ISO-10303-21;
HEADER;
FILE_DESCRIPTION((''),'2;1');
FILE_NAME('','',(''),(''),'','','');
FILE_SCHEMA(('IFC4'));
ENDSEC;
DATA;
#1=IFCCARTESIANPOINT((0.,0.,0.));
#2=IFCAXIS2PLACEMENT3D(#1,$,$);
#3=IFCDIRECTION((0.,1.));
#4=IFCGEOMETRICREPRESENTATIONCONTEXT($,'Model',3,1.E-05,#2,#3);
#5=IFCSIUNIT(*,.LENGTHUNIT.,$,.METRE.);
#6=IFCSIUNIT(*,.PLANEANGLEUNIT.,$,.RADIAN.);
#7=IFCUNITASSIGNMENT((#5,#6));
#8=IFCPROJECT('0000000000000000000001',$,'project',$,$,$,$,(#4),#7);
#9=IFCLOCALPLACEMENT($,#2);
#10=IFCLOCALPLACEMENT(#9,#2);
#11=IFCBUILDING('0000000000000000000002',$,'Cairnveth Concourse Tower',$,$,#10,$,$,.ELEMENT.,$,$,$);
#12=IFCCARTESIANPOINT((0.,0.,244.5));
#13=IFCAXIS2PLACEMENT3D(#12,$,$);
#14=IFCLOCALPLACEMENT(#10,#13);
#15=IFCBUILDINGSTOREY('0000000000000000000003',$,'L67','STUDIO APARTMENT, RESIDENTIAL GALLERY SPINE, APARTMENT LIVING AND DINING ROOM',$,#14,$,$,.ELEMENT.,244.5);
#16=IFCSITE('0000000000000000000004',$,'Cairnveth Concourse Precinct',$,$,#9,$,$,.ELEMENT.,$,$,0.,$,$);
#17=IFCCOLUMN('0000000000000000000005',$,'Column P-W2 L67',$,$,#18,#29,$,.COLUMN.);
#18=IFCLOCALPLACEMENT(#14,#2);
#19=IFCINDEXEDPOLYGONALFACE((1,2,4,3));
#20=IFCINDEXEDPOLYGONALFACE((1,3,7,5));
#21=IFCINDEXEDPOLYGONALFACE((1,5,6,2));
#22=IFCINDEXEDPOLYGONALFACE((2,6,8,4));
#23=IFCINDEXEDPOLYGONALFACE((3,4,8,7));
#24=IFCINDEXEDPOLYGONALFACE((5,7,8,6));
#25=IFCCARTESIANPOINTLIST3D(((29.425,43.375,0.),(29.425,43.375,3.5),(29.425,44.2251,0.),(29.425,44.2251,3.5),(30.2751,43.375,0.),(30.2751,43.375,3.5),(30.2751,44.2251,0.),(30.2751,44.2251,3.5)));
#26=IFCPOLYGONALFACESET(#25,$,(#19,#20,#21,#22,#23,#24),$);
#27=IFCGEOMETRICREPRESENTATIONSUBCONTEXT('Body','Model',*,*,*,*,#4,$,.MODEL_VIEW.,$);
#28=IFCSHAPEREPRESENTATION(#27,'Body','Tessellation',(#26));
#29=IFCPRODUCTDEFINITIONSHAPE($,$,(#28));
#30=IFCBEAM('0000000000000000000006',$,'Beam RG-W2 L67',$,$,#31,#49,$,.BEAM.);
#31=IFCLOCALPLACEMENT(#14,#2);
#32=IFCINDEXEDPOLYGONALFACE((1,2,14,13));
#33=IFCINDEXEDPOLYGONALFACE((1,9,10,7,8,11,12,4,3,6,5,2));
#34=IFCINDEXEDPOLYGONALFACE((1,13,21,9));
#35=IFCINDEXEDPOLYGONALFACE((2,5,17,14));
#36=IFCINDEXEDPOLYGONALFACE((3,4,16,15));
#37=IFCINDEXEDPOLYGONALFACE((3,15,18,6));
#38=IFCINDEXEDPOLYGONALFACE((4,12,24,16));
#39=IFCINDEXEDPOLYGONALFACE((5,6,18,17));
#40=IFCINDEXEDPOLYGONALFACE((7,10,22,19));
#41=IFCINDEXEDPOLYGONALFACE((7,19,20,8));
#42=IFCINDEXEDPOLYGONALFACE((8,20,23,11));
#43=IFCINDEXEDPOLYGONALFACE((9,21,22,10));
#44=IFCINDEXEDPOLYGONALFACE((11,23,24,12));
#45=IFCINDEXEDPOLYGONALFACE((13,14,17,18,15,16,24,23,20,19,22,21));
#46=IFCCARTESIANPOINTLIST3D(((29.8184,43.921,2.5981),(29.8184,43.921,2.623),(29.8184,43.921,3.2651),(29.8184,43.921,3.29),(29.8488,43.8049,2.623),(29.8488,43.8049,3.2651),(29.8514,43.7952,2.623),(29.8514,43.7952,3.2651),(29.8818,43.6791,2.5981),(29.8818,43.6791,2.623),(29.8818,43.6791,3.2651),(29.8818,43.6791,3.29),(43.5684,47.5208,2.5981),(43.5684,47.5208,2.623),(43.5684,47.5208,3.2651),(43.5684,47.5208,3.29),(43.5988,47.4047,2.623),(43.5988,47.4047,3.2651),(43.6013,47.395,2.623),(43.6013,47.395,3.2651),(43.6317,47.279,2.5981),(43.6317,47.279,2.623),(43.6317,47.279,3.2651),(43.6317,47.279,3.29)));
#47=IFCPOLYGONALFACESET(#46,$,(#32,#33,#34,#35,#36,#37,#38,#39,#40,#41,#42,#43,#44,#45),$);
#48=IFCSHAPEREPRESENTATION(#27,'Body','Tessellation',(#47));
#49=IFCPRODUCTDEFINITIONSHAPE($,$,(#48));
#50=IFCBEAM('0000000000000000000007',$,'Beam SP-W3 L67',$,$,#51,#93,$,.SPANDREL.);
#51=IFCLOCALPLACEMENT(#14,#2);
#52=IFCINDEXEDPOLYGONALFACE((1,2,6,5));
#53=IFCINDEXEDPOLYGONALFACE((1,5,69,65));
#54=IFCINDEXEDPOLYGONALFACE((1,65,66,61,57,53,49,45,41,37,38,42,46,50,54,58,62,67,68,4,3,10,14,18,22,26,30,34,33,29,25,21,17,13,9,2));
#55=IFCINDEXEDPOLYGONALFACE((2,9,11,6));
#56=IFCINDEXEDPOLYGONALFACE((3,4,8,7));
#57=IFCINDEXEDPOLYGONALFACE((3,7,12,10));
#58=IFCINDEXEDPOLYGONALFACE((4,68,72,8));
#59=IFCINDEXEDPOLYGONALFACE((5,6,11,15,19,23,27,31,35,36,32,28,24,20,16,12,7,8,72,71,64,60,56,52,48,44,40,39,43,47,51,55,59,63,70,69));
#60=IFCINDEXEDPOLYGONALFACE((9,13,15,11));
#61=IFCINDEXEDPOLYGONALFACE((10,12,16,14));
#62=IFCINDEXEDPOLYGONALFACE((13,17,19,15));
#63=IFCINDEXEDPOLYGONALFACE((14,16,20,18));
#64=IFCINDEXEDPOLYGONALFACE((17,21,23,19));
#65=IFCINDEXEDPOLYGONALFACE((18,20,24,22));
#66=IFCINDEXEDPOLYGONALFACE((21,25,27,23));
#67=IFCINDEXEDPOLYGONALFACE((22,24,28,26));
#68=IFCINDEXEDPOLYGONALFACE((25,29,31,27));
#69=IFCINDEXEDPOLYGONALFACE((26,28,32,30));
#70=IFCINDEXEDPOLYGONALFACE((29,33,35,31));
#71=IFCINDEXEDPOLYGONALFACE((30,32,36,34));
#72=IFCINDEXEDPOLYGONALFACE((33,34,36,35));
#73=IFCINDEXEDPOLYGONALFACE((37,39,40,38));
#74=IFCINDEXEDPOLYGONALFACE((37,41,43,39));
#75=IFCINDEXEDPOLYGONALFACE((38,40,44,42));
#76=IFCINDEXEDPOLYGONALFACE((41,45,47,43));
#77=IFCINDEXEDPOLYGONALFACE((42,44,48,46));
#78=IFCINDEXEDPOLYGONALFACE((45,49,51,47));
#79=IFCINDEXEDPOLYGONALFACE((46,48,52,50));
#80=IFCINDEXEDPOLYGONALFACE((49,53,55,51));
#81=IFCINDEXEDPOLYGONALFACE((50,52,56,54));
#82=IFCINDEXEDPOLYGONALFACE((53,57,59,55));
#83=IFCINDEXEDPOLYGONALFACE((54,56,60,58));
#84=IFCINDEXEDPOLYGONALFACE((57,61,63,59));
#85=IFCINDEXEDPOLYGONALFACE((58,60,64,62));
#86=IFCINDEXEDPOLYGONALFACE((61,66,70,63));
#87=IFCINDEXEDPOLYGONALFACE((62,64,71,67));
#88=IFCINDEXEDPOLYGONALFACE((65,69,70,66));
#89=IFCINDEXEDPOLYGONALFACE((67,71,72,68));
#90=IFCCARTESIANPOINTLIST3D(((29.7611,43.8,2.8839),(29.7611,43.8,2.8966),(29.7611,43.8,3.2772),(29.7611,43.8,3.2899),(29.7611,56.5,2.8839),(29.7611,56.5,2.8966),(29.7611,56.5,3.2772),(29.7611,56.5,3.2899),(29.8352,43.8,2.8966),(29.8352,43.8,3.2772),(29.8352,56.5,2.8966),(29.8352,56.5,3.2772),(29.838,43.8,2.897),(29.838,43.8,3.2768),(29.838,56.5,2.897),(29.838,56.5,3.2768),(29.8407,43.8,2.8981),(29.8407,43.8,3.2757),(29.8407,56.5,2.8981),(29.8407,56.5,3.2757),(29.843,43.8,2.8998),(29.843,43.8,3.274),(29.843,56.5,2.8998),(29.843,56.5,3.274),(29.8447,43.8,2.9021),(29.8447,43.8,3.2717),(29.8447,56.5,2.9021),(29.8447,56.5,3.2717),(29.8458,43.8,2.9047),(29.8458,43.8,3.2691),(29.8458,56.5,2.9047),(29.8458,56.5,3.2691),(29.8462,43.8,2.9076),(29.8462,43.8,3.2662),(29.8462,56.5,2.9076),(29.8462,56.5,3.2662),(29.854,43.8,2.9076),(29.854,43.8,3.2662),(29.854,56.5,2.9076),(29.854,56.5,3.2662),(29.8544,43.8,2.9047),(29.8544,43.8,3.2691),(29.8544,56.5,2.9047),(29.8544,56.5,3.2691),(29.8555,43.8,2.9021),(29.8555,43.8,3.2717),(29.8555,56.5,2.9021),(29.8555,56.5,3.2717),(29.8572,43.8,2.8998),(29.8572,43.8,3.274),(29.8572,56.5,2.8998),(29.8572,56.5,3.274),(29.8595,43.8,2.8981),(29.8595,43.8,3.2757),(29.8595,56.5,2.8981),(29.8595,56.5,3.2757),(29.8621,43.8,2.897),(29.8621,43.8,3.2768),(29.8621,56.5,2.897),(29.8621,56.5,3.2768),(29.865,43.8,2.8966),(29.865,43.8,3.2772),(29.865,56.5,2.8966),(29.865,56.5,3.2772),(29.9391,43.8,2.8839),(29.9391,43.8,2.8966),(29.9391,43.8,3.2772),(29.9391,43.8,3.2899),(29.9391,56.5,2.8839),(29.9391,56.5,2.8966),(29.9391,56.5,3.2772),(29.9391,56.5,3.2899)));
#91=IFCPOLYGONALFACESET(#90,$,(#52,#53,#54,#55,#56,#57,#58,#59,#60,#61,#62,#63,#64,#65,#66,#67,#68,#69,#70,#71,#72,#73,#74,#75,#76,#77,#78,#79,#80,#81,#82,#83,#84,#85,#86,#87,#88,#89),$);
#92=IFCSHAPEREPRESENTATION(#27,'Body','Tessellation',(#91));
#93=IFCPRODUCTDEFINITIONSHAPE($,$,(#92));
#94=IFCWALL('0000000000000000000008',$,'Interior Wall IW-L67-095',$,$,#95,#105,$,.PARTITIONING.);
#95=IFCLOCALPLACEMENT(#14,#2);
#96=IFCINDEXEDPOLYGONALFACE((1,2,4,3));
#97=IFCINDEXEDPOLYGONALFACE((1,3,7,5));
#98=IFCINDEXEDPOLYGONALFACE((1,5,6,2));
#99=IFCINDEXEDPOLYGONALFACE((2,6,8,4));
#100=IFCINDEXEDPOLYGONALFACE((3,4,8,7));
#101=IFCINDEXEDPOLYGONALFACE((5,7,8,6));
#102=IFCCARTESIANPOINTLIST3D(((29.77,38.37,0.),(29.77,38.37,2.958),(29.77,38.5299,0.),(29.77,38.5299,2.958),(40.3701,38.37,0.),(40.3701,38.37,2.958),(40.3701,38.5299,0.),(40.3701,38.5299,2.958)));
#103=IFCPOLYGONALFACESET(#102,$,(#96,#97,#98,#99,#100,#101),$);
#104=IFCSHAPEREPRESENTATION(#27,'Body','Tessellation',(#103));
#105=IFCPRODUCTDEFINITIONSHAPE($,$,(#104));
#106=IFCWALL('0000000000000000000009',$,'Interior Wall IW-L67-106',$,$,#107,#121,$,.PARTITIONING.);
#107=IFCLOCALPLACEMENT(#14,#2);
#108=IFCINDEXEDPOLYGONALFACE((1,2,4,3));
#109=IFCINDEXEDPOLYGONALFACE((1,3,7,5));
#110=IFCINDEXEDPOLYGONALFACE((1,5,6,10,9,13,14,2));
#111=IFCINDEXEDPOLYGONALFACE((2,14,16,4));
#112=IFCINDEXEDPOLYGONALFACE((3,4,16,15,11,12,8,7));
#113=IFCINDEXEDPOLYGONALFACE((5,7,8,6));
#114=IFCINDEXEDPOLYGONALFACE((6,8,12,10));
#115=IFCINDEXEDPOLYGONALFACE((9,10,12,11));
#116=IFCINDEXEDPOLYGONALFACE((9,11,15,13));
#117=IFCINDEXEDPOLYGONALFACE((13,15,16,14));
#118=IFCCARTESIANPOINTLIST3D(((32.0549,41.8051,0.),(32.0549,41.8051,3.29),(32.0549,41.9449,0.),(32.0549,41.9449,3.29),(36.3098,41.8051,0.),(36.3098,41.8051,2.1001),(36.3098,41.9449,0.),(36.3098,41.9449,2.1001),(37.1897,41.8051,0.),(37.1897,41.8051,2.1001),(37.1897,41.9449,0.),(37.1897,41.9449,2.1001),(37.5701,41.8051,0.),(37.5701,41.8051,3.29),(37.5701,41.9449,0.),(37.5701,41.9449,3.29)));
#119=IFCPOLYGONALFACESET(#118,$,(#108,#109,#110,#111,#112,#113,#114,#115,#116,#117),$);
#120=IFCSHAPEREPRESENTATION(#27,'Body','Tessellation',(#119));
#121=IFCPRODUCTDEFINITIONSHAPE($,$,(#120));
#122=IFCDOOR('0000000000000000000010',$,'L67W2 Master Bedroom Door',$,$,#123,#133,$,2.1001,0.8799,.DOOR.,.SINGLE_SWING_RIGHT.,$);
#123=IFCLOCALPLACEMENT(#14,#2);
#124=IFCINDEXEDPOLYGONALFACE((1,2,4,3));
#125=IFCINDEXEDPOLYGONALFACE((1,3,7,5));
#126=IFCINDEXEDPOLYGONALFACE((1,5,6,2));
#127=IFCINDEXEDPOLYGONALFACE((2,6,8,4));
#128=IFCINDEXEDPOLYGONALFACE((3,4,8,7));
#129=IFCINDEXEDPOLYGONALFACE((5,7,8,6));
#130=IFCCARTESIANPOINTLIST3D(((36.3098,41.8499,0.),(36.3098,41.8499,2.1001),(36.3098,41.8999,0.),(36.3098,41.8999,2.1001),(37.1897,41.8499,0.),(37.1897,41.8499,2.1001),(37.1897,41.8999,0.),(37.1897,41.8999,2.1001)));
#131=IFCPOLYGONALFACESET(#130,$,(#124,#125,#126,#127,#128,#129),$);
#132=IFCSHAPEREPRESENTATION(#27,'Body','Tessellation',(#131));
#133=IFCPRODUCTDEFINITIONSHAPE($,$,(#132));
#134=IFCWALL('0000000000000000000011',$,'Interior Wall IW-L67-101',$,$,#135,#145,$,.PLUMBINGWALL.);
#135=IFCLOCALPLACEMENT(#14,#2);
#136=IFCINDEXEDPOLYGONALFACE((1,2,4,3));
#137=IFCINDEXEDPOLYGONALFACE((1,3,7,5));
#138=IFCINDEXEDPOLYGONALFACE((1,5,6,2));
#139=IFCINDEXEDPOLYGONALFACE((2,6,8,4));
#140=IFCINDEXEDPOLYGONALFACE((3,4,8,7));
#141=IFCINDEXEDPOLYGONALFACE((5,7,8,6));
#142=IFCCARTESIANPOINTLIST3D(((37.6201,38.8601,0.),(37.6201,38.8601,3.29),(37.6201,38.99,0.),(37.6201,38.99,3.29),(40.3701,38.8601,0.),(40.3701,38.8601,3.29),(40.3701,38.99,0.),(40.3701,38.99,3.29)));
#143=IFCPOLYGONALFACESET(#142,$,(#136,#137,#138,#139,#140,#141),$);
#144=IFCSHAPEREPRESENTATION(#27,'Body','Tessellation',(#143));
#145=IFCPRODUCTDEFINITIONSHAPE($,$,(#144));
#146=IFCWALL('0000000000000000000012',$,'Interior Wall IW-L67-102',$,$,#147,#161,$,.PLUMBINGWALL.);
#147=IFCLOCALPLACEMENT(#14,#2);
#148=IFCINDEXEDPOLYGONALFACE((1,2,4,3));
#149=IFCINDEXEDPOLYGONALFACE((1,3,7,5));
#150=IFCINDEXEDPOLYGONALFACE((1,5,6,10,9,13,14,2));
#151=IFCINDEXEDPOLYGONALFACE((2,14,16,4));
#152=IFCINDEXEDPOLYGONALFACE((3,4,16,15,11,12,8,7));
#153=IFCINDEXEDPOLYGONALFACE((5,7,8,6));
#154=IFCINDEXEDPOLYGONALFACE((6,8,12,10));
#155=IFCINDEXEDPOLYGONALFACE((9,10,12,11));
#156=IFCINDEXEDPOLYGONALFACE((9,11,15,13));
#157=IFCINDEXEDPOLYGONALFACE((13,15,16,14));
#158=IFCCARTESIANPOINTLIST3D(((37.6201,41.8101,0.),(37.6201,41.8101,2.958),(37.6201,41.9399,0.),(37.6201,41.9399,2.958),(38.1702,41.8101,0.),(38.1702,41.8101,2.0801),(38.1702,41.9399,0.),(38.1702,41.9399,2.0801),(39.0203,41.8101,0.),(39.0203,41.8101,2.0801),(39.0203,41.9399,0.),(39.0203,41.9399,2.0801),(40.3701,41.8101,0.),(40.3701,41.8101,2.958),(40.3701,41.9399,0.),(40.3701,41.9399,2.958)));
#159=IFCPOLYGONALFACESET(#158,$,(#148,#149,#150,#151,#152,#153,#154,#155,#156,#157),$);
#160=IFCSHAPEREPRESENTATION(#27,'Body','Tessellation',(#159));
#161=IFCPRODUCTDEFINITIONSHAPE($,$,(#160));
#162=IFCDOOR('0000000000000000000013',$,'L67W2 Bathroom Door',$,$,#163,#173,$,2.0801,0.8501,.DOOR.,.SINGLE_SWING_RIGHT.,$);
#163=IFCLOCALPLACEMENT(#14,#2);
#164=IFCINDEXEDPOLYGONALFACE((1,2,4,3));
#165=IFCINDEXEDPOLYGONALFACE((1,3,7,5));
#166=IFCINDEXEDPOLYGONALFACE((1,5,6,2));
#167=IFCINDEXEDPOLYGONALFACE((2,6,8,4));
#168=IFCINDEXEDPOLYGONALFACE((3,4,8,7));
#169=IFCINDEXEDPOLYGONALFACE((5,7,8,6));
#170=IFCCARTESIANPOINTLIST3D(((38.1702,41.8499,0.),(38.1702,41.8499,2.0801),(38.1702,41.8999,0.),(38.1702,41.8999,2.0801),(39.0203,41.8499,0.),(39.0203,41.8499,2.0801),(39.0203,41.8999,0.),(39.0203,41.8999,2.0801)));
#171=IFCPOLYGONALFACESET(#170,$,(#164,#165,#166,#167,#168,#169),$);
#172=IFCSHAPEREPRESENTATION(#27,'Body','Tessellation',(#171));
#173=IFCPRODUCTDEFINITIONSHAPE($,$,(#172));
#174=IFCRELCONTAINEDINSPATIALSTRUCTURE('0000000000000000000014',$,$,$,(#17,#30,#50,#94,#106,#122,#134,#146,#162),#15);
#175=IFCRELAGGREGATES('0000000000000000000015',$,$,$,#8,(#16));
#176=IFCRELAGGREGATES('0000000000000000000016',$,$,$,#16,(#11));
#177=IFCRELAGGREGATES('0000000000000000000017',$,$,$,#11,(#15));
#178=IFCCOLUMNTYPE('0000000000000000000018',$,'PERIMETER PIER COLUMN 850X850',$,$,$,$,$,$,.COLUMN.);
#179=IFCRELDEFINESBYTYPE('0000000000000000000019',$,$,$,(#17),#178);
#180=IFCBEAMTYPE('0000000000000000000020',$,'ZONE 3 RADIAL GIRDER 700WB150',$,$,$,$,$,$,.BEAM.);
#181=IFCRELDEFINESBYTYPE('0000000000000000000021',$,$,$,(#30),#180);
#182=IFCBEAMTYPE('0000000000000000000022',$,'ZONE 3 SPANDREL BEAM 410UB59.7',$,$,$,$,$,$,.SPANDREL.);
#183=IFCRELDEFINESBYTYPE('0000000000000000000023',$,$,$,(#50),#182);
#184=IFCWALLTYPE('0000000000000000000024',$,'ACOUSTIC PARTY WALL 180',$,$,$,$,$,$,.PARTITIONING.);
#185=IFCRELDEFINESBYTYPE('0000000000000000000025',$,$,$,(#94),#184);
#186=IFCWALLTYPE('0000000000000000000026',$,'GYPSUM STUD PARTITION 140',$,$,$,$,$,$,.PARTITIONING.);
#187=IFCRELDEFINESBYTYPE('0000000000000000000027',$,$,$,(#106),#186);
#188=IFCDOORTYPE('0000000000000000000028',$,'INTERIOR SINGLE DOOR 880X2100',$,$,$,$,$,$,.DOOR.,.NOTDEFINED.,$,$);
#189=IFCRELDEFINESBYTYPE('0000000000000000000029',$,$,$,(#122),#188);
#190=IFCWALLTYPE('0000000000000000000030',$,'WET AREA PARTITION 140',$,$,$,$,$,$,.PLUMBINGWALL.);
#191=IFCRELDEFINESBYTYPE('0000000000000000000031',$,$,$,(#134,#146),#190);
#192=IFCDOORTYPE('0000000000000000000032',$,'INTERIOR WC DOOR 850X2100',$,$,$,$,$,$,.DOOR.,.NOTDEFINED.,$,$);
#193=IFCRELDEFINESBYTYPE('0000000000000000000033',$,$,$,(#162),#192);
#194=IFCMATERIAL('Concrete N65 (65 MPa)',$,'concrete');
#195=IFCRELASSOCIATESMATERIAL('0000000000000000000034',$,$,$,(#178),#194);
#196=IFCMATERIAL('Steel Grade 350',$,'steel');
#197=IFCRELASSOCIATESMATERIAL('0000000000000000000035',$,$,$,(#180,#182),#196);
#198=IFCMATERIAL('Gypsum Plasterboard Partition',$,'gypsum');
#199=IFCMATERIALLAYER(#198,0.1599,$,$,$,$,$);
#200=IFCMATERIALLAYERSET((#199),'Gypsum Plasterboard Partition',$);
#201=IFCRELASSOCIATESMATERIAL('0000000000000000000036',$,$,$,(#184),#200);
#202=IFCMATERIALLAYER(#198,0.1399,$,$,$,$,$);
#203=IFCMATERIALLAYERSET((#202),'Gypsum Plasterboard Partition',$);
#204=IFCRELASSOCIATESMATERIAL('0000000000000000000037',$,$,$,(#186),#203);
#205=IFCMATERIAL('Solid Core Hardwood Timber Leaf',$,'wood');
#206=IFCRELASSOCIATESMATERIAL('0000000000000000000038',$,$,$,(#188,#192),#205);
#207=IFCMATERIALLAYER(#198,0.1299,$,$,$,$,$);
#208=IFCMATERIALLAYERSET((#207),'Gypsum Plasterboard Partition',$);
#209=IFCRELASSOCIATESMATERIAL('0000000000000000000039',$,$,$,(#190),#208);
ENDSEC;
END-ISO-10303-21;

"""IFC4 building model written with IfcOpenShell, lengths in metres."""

from ifc_helpers import new_model, si_unit, direction, frame, frame_2d, origin, origin_2d, place, context, subcontext, project, spatial, rectangle, i_section, extrude, material, layer, layer_set, material_profile, profile_set, type_object, element, fill, save


model = new_model("IFC4")

# Units and contexts
model_context = context("Model", 3, precision=1e-05, world=origin(), true_north=direction((0.0, 1.0)))
body_context = subcontext(model_context, "Body", "Model", "MODEL_VIEW")
ifc_project = project(units=[si_unit("LENGTHUNIT", "METRE"), si_unit("PLANEANGLEUNIT", "RADIAN")], contexts=[model_context])

# Site, building, storey
site_placement = place(None, origin())
site = spatial("IfcSite", under=ifc_project, at=site_placement, Name="Cairnveth Concourse Precinct", CompositionType="ELEMENT", RefElevation=0.0)
building_placement = place(site_placement, origin())
building = spatial("IfcBuilding", under=site, at=building_placement, Name="Cairnveth Concourse Tower", CompositionType="ELEMENT")
storey_placement = place(building_placement, frame((0.0, 0.0, 244.5)))
storey = spatial("IfcBuildingStorey", under=building, at=storey_placement, Name="L67", Description="STUDIO APARTMENT, RESIDENTIAL GALLERY SPINE, APARTMENT LIVING AND DINING ROOM", CompositionType="ELEMENT", Elevation=244.5)

# Column
ifc_material_1 = material(Name="Concrete N65 (65 MPa)", Category="concrete")
ifc_material_profile_1 = material_profile(ifc_material_1, rectangle(XDim=0.8501, YDim=0.8501, at=origin_2d()), Name="RC-COL-850x850")
ifc_profile_set_1 = profile_set([ifc_material_profile_1], Name="Concrete N65 (65 MPa)")
column_type = type_object("IfcColumnType", Name="PERIMETER PIER COLUMN 850X850", PredefinedType="COLUMN", material=ifc_profile_set_1)
column_placement = place(storey_placement, frame((29.8501, 43.8, 0.0), z_axis=(0.0, 0.0, 1.0), x_axis=(0.0, 1.0, 0.0)))
element("IfcColumn", 1, at=column_placement, inside=storey, type_object=column_type, Name="Column P-W2 L67", PredefinedType="COLUMN", context=body_context, shape_type="SweptSolid", body=[
    extrude(rectangle(XDim=0.8501, YDim=0.8501, at=origin_2d()), origin(), (0.0, 0.0, 1.0), 3.5),
])

# Beams
ifc_material_2 = material(Name="Steel Grade 350", Category="steel")
ifc_material_profile_2 = material_profile(ifc_material_2, i_section(OverallWidth=0.25, OverallDepth=0.6919, WebThickness=0.01, FlangeThickness=0.0249, at=origin_2d()), Name="700WB150")
ifc_profile_set_2 = profile_set([ifc_material_profile_2], Name="Steel Grade 350")
beam_type_1 = type_object("IfcBeamType", Name="ZONE 3 RADIAL GIRDER 700WB150", PredefinedType="BEAM", material=ifc_profile_set_2)
beam_1_placement = place(storey_placement, frame((29.8501, 43.8, 2.9441), z_axis=(0.967395, 0.253271, 0.0), x_axis=(-0.253271, 0.967395, 0.0)))
element("IfcBeam", 2, at=beam_1_placement, inside=storey, type_object=beam_type_1, Name="Beam RG-W2 L67", PredefinedType="BEAM", context=body_context, shape_type="SweptSolid", body=[
    extrude(i_section(OverallWidth=0.25, OverallDepth=0.6919, WebThickness=0.01, FlangeThickness=0.0249, at=origin_2d()), origin(), (0.0, 0.0, 1.0), 14.2134),
])
ifc_material_profile_3 = material_profile(ifc_material_2, i_section(OverallWidth=0.178, OverallDepth=0.406, WebThickness=0.0078, FlangeThickness=0.0127, FilletRadius=0.011, at=origin_2d()), Name="410UB59.7")
ifc_profile_set_3 = profile_set([ifc_material_profile_3], Name="Steel Grade 350")
beam_type_2 = type_object("IfcBeamType", Name="ZONE 3 SPANDREL BEAM 410UB59.7", PredefinedType="SPANDREL", material=ifc_profile_set_3)
beam_2_placement = place(storey_placement, frame((29.8501, 43.8, 3.0869), z_axis=(0.0, 1.0, 0.0), x_axis=(-1.0, 0.0, 0.0)))
element("IfcBeam", 3, at=beam_2_placement, inside=storey, type_object=beam_type_2, Name="Beam SP-W3 L67", PredefinedType="SPANDREL", context=body_context, shape_type="SweptSolid", body=[
    extrude(i_section(OverallWidth=0.178, OverallDepth=0.406, WebThickness=0.0078, FlangeThickness=0.0127, FilletRadius=0.011, at=origin_2d()), origin(), (0.0, 0.0, 1.0), 12.7),
])

# Wall
ifc_material_3 = material(Name="Gypsum Plasterboard Partition", Category="gypsum")
ifc_layer_1 = layer(ifc_material_3, 0.1599)
ifc_layer_set_1 = layer_set([ifc_layer_1], Name="Gypsum Plasterboard Partition")
wall_type_1 = type_object("IfcWallType", Name="ACOUSTIC PARTY WALL 180", PredefinedType="PARTITIONING", material=ifc_layer_set_1)
wall_1_placement = place(storey_placement, frame((29.77, 38.45, 0.0), z_axis=(0.0, 0.0, 1.0), x_axis=(1.0, 0.0, 0.0)))
element("IfcWall", 4, at=wall_1_placement, inside=storey, type_object=wall_type_1, Name="Interior Wall IW-L67-095", PredefinedType="PARTITIONING", context=body_context, shape_type="SweptSolid", body=[
    extrude(rectangle(XDim=10.6001, YDim=0.1599, at=frame_2d((5.3, 0.0))), origin(), (0.0, 0.0, 1.0), 2.958),
])

# Wall, opening, door
ifc_layer_2 = layer(ifc_material_3, 0.1399)
ifc_layer_set_2 = layer_set([ifc_layer_2], Name="Gypsum Plasterboard Partition")
wall_type_2 = type_object("IfcWallType", Name="GYPSUM STUD PARTITION 140", PredefinedType="PARTITIONING", material=ifc_layer_set_2)
wall_2_placement = place(storey_placement, frame((32.0549, 41.875, 0.0), z_axis=(0.0, 0.0, 1.0), x_axis=(1.0, 0.0, 0.0)))
wall_2 = element("IfcWall", 5, at=wall_2_placement, inside=storey, type_object=wall_type_2, Name="Interior Wall IW-L67-106", PredefinedType="PARTITIONING", context=body_context, shape_type="SweptSolid", body=[
    extrude(rectangle(XDim=5.5151, YDim=0.1399, at=frame_2d((2.7576, 0.0))), origin(), (0.0, 0.0, 1.0), 3.29),
])
opening_1_placement = place(wall_2_placement, frame((4.2549, 0.0, 0.0)))
opening_1 = element("IfcOpeningElement", 6, at=opening_1_placement, cuts=wall_2, PredefinedType="OPENING", context=body_context, shape_type="SweptSolid", body=[
    extrude(rectangle(XDim=0.8799, YDim=2.1001, at=frame_2d((0.4399, 1.05))), frame((0.0, 0.0798, 0.0), z_axis=(0.0, -1.0, 0.0), x_axis=(1.0, 0.0, 0.0)), (0.0, 0.0, 1.0), 0.1599),
])
ifc_material_4 = material(Name="Solid Core Hardwood Timber Leaf", Category="wood")
door_type_1 = type_object("IfcDoorType", Name="INTERIOR SINGLE DOOR 880X2100", OperationType="NOTDEFINED", PredefinedType="DOOR", material=ifc_material_4)
door_1_placement = place(opening_1_placement, origin())
door_1 = element("IfcDoor", 7, at=door_1_placement, inside=storey, type_object=door_type_1, Name="L67W2 Master Bedroom Door", OperationType="SINGLE_SWING_RIGHT", OverallHeight=2.1001, OverallWidth=0.8799, PredefinedType="DOOR", context=body_context, shape_type="SweptSolid", body=[
    extrude(rectangle(XDim=0.8799, YDim=2.1001, at=frame_2d((0.4399, 1.05))), frame((0.0, 0.0249, 0.0), z_axis=(0.0, -1.0, 0.0), x_axis=(1.0, 0.0, 0.0)), (0.0, 0.0, 1.0), 0.05),
])
fill(opening_1, door_1)

# Wall
ifc_layer_3 = layer(ifc_material_3, 0.1299)
ifc_layer_set_3 = layer_set([ifc_layer_3], Name="Gypsum Plasterboard Partition")
wall_type_3 = type_object("IfcWallType", Name="WET AREA PARTITION 140", PredefinedType="PLUMBINGWALL", material=ifc_layer_set_3)
wall_3_placement = place(storey_placement, frame((37.6201, 38.925, 0.0), z_axis=(0.0, 0.0, 1.0), x_axis=(1.0, 0.0, 0.0)))
element("IfcWall", 8, at=wall_3_placement, inside=storey, type_object=wall_type_3, Name="Interior Wall IW-L67-101", PredefinedType="PLUMBINGWALL", context=body_context, shape_type="SweptSolid", body=[
    extrude(rectangle(XDim=2.75, YDim=0.1299, at=frame_2d((1.375, 0.0))), origin(), (0.0, 0.0, 1.0), 3.29),
])

# Wall, opening, door
wall_4_placement = place(storey_placement, frame((37.6201, 41.875, 0.0), z_axis=(0.0, 0.0, 1.0), x_axis=(1.0, 0.0, 0.0)))
wall_4 = element("IfcWall", 9, at=wall_4_placement, inside=storey, type_object=wall_type_3, Name="Interior Wall IW-L67-102", PredefinedType="PLUMBINGWALL", context=body_context, shape_type="SweptSolid", body=[
    extrude(rectangle(XDim=2.75, YDim=0.1299, at=frame_2d((1.375, 0.0))), origin(), (0.0, 0.0, 1.0), 2.958),
])
opening_2_placement = place(wall_4_placement, frame((0.55, 0.0, 0.0)))
opening_2 = element("IfcOpeningElement", 10, at=opening_2_placement, cuts=wall_4, PredefinedType="OPENING", context=body_context, shape_type="SweptSolid", body=[
    extrude(rectangle(XDim=0.8501, YDim=2.0801, at=frame_2d((0.425, 1.04))), frame((0.0, 0.075, 0.0), z_axis=(0.0, -1.0, 0.0), x_axis=(1.0, 0.0, 0.0)), (0.0, 0.0, 1.0), 0.1499),
])
door_type_2 = type_object("IfcDoorType", Name="INTERIOR WC DOOR 850X2100", OperationType="NOTDEFINED", PredefinedType="DOOR", material=ifc_material_4)
door_2_placement = place(opening_2_placement, origin())
door_2 = element("IfcDoor", 11, at=door_2_placement, inside=storey, type_object=door_type_2, Name="L67W2 Bathroom Door", OperationType="SINGLE_SWING_RIGHT", OverallHeight=2.0801, OverallWidth=0.8501, PredefinedType="DOOR", context=body_context, shape_type="SweptSolid", body=[
    extrude(rectangle(XDim=0.8501, YDim=2.0801, at=frame_2d((0.425, 1.04))), frame((0.0, 0.0249, 0.0), z_axis=(0.0, -1.0, 0.0), x_axis=(1.0, 0.0, 0.0)), (0.0, 0.0, 1.0), 0.05),
])
fill(opening_2, door_2)

save(model, "model.ifc")
